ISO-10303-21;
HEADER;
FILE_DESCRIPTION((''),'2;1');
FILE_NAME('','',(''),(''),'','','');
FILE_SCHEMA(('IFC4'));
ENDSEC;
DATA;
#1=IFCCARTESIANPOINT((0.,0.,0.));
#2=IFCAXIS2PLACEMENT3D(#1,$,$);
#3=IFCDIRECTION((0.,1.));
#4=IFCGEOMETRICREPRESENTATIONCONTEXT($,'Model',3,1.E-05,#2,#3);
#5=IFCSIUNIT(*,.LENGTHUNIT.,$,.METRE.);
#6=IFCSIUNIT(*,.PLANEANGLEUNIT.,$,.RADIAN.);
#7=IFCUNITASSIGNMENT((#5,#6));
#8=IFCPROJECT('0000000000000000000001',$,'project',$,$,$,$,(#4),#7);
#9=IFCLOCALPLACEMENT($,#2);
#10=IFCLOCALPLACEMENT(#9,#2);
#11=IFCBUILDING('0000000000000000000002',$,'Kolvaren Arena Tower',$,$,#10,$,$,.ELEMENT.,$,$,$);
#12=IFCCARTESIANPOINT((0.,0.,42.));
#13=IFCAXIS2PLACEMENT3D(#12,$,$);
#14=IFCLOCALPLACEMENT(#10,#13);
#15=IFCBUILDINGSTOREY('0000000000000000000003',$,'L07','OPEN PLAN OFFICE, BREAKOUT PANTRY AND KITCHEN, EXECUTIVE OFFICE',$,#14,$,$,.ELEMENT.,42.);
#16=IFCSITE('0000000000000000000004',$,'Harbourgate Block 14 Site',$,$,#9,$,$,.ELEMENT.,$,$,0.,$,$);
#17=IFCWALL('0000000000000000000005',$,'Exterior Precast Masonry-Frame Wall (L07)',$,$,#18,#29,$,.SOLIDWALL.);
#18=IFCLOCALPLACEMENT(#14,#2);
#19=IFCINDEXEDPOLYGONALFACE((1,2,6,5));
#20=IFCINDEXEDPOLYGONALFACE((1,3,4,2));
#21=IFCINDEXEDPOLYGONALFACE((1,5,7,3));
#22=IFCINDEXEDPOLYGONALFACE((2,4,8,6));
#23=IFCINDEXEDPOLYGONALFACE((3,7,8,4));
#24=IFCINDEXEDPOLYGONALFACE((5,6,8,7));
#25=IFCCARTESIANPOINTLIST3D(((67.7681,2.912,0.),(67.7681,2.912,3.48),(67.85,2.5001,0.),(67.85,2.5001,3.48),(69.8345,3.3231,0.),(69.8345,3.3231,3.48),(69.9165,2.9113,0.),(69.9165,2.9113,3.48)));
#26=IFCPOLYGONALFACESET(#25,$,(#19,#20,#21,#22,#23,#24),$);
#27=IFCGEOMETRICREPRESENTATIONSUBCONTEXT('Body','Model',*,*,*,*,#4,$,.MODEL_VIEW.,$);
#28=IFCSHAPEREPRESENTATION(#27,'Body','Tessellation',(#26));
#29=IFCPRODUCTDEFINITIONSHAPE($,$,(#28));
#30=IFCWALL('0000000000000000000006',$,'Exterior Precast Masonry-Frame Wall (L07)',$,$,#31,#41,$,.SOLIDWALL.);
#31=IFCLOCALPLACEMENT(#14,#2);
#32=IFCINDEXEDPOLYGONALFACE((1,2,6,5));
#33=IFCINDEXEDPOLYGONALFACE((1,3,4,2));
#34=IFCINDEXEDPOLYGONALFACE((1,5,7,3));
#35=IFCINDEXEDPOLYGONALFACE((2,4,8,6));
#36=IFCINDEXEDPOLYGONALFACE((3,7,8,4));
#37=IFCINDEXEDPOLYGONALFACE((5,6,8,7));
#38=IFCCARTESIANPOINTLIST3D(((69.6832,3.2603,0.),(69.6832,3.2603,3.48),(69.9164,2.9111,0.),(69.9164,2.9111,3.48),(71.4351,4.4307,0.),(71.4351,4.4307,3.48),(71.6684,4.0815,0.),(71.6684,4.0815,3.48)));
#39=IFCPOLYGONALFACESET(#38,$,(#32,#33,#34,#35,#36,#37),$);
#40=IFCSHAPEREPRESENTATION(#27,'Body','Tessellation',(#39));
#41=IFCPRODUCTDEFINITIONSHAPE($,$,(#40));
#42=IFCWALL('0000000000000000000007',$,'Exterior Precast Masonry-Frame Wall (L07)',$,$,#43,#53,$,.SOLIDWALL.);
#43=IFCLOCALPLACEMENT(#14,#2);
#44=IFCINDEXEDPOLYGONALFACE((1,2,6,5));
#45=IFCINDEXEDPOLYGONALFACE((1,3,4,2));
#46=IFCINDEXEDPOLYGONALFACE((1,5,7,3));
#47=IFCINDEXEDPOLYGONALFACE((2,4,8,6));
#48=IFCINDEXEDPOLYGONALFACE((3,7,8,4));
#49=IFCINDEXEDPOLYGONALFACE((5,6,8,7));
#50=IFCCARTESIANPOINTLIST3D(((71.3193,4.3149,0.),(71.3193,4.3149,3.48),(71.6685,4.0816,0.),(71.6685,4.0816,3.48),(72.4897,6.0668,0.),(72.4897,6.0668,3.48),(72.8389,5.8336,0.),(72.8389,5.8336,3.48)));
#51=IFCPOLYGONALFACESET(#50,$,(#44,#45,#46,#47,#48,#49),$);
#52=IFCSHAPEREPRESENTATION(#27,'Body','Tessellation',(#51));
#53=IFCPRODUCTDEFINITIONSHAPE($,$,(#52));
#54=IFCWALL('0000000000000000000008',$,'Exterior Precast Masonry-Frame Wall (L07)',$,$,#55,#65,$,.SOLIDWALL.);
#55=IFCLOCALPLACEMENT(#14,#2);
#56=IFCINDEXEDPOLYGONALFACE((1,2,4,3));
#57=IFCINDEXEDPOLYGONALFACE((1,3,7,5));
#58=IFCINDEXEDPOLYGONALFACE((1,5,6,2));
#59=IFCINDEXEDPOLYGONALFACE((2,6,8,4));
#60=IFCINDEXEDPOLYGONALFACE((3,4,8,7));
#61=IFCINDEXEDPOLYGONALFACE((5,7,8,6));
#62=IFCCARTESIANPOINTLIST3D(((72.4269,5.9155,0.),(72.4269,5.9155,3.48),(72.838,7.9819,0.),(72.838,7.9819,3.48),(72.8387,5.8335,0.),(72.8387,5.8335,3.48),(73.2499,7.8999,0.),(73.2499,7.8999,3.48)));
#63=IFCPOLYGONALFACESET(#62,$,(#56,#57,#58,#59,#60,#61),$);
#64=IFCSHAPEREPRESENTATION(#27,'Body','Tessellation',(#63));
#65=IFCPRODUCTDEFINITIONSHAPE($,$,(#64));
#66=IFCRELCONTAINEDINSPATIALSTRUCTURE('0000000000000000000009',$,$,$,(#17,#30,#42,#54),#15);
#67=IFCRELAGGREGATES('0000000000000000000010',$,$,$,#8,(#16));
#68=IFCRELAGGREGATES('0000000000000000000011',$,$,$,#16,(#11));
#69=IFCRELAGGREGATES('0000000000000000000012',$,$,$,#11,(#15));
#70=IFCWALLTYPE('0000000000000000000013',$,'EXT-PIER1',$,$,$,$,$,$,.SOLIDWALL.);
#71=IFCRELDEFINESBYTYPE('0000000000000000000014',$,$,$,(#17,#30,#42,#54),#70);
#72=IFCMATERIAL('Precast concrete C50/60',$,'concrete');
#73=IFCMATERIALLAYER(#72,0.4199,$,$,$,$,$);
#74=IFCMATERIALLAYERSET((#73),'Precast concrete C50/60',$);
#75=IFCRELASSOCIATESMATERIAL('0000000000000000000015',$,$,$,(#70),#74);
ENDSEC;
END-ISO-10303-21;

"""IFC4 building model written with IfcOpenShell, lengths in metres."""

from ifc_helpers import new_model, si_unit, direction, frame, frame_2d, origin, place, context, subcontext, project, spatial, rectangle, extrude, material, layer, layer_set, type_object, element, save


model = new_model("IFC4")

# Units and contexts
model_context = context("Model", 3, precision=1e-05, world=origin(), true_north=direction((0.0, 1.0)))
body_context = subcontext(model_context, "Body", "Model", "MODEL_VIEW")
ifc_project = project(units=[si_unit("LENGTHUNIT", "METRE"), si_unit("PLANEANGLEUNIT", "RADIAN")], contexts=[model_context])

# Site, building, storey
site_placement = place(None, origin())
site = spatial("IfcSite", under=ifc_project, at=site_placement, Name="Harbourgate Block 14 Site", CompositionType="ELEMENT", RefElevation=0.0)
building_placement = place(site_placement, origin())
building = spatial("IfcBuilding", under=site, at=building_placement, Name="Kolvaren Arena Tower", CompositionType="ELEMENT")
storey_placement = place(building_placement, frame((0.0, 0.0, 42.0)))
storey = spatial("IfcBuildingStorey", under=building, at=storey_placement, Name="L07", Description="OPEN PLAN OFFICE, BREAKOUT PANTRY AND KITCHEN, EXECUTIVE OFFICE", CompositionType="ELEMENT", Elevation=42.0)

# Walls
ifc_material_1 = material(Name="Precast concrete C50/60", Category="concrete")
ifc_layer_1 = layer(ifc_material_1, 0.4199)
ifc_layer_set_1 = layer_set([ifc_layer_1], Name="Precast concrete C50/60")
wall_type_1 = type_object("IfcWallType", Name="EXT-PIER1", PredefinedType="SOLIDWALL", material=ifc_layer_set_1)
for number, where, z_axis, x_axis, name in (
    (1, (69.8755, 3.1172, 0.0), (0.0, 0.0, 1.0), (-0.980776, -0.195136, 0.0), "Exterior Precast Masonry-Frame Wall (L07)"),
    (2, (71.5518, 4.2561, 0.0), (0.0, 0.0, 1.0), (-0.831515, -0.555502, 0.0), "Exterior Precast Masonry-Frame Wall (L07)"),
    (3, (72.6643, 5.9502, 0.0), (0.0, 0.0, 1.0), (-0.555502, -0.831515, 0.0), "Exterior Precast Masonry-Frame Wall (L07)"),
    (4, (73.0439, 7.9409, 0.0), (0.0, 0.0, 1.0), (-0.195136, -0.980776, 0.0), "Exterior Precast Masonry-Frame Wall (L07)"),
):
    element("IfcWall", number, at=place(storey_placement, frame(where, z_axis=z_axis, x_axis=x_axis)), inside=storey, type_object=wall_type_1, Name=name, PredefinedType="SOLIDWALL", context=body_context, shape_type="SweptSolid", body=[
        extrude(rectangle(XDim=2.1069, YDim=0.4199, at=frame_2d((1.0535, 0.0))), origin(), (0.0, 0.0, 1.0), 3.48),
    ])

save(model, "model.ifc")
